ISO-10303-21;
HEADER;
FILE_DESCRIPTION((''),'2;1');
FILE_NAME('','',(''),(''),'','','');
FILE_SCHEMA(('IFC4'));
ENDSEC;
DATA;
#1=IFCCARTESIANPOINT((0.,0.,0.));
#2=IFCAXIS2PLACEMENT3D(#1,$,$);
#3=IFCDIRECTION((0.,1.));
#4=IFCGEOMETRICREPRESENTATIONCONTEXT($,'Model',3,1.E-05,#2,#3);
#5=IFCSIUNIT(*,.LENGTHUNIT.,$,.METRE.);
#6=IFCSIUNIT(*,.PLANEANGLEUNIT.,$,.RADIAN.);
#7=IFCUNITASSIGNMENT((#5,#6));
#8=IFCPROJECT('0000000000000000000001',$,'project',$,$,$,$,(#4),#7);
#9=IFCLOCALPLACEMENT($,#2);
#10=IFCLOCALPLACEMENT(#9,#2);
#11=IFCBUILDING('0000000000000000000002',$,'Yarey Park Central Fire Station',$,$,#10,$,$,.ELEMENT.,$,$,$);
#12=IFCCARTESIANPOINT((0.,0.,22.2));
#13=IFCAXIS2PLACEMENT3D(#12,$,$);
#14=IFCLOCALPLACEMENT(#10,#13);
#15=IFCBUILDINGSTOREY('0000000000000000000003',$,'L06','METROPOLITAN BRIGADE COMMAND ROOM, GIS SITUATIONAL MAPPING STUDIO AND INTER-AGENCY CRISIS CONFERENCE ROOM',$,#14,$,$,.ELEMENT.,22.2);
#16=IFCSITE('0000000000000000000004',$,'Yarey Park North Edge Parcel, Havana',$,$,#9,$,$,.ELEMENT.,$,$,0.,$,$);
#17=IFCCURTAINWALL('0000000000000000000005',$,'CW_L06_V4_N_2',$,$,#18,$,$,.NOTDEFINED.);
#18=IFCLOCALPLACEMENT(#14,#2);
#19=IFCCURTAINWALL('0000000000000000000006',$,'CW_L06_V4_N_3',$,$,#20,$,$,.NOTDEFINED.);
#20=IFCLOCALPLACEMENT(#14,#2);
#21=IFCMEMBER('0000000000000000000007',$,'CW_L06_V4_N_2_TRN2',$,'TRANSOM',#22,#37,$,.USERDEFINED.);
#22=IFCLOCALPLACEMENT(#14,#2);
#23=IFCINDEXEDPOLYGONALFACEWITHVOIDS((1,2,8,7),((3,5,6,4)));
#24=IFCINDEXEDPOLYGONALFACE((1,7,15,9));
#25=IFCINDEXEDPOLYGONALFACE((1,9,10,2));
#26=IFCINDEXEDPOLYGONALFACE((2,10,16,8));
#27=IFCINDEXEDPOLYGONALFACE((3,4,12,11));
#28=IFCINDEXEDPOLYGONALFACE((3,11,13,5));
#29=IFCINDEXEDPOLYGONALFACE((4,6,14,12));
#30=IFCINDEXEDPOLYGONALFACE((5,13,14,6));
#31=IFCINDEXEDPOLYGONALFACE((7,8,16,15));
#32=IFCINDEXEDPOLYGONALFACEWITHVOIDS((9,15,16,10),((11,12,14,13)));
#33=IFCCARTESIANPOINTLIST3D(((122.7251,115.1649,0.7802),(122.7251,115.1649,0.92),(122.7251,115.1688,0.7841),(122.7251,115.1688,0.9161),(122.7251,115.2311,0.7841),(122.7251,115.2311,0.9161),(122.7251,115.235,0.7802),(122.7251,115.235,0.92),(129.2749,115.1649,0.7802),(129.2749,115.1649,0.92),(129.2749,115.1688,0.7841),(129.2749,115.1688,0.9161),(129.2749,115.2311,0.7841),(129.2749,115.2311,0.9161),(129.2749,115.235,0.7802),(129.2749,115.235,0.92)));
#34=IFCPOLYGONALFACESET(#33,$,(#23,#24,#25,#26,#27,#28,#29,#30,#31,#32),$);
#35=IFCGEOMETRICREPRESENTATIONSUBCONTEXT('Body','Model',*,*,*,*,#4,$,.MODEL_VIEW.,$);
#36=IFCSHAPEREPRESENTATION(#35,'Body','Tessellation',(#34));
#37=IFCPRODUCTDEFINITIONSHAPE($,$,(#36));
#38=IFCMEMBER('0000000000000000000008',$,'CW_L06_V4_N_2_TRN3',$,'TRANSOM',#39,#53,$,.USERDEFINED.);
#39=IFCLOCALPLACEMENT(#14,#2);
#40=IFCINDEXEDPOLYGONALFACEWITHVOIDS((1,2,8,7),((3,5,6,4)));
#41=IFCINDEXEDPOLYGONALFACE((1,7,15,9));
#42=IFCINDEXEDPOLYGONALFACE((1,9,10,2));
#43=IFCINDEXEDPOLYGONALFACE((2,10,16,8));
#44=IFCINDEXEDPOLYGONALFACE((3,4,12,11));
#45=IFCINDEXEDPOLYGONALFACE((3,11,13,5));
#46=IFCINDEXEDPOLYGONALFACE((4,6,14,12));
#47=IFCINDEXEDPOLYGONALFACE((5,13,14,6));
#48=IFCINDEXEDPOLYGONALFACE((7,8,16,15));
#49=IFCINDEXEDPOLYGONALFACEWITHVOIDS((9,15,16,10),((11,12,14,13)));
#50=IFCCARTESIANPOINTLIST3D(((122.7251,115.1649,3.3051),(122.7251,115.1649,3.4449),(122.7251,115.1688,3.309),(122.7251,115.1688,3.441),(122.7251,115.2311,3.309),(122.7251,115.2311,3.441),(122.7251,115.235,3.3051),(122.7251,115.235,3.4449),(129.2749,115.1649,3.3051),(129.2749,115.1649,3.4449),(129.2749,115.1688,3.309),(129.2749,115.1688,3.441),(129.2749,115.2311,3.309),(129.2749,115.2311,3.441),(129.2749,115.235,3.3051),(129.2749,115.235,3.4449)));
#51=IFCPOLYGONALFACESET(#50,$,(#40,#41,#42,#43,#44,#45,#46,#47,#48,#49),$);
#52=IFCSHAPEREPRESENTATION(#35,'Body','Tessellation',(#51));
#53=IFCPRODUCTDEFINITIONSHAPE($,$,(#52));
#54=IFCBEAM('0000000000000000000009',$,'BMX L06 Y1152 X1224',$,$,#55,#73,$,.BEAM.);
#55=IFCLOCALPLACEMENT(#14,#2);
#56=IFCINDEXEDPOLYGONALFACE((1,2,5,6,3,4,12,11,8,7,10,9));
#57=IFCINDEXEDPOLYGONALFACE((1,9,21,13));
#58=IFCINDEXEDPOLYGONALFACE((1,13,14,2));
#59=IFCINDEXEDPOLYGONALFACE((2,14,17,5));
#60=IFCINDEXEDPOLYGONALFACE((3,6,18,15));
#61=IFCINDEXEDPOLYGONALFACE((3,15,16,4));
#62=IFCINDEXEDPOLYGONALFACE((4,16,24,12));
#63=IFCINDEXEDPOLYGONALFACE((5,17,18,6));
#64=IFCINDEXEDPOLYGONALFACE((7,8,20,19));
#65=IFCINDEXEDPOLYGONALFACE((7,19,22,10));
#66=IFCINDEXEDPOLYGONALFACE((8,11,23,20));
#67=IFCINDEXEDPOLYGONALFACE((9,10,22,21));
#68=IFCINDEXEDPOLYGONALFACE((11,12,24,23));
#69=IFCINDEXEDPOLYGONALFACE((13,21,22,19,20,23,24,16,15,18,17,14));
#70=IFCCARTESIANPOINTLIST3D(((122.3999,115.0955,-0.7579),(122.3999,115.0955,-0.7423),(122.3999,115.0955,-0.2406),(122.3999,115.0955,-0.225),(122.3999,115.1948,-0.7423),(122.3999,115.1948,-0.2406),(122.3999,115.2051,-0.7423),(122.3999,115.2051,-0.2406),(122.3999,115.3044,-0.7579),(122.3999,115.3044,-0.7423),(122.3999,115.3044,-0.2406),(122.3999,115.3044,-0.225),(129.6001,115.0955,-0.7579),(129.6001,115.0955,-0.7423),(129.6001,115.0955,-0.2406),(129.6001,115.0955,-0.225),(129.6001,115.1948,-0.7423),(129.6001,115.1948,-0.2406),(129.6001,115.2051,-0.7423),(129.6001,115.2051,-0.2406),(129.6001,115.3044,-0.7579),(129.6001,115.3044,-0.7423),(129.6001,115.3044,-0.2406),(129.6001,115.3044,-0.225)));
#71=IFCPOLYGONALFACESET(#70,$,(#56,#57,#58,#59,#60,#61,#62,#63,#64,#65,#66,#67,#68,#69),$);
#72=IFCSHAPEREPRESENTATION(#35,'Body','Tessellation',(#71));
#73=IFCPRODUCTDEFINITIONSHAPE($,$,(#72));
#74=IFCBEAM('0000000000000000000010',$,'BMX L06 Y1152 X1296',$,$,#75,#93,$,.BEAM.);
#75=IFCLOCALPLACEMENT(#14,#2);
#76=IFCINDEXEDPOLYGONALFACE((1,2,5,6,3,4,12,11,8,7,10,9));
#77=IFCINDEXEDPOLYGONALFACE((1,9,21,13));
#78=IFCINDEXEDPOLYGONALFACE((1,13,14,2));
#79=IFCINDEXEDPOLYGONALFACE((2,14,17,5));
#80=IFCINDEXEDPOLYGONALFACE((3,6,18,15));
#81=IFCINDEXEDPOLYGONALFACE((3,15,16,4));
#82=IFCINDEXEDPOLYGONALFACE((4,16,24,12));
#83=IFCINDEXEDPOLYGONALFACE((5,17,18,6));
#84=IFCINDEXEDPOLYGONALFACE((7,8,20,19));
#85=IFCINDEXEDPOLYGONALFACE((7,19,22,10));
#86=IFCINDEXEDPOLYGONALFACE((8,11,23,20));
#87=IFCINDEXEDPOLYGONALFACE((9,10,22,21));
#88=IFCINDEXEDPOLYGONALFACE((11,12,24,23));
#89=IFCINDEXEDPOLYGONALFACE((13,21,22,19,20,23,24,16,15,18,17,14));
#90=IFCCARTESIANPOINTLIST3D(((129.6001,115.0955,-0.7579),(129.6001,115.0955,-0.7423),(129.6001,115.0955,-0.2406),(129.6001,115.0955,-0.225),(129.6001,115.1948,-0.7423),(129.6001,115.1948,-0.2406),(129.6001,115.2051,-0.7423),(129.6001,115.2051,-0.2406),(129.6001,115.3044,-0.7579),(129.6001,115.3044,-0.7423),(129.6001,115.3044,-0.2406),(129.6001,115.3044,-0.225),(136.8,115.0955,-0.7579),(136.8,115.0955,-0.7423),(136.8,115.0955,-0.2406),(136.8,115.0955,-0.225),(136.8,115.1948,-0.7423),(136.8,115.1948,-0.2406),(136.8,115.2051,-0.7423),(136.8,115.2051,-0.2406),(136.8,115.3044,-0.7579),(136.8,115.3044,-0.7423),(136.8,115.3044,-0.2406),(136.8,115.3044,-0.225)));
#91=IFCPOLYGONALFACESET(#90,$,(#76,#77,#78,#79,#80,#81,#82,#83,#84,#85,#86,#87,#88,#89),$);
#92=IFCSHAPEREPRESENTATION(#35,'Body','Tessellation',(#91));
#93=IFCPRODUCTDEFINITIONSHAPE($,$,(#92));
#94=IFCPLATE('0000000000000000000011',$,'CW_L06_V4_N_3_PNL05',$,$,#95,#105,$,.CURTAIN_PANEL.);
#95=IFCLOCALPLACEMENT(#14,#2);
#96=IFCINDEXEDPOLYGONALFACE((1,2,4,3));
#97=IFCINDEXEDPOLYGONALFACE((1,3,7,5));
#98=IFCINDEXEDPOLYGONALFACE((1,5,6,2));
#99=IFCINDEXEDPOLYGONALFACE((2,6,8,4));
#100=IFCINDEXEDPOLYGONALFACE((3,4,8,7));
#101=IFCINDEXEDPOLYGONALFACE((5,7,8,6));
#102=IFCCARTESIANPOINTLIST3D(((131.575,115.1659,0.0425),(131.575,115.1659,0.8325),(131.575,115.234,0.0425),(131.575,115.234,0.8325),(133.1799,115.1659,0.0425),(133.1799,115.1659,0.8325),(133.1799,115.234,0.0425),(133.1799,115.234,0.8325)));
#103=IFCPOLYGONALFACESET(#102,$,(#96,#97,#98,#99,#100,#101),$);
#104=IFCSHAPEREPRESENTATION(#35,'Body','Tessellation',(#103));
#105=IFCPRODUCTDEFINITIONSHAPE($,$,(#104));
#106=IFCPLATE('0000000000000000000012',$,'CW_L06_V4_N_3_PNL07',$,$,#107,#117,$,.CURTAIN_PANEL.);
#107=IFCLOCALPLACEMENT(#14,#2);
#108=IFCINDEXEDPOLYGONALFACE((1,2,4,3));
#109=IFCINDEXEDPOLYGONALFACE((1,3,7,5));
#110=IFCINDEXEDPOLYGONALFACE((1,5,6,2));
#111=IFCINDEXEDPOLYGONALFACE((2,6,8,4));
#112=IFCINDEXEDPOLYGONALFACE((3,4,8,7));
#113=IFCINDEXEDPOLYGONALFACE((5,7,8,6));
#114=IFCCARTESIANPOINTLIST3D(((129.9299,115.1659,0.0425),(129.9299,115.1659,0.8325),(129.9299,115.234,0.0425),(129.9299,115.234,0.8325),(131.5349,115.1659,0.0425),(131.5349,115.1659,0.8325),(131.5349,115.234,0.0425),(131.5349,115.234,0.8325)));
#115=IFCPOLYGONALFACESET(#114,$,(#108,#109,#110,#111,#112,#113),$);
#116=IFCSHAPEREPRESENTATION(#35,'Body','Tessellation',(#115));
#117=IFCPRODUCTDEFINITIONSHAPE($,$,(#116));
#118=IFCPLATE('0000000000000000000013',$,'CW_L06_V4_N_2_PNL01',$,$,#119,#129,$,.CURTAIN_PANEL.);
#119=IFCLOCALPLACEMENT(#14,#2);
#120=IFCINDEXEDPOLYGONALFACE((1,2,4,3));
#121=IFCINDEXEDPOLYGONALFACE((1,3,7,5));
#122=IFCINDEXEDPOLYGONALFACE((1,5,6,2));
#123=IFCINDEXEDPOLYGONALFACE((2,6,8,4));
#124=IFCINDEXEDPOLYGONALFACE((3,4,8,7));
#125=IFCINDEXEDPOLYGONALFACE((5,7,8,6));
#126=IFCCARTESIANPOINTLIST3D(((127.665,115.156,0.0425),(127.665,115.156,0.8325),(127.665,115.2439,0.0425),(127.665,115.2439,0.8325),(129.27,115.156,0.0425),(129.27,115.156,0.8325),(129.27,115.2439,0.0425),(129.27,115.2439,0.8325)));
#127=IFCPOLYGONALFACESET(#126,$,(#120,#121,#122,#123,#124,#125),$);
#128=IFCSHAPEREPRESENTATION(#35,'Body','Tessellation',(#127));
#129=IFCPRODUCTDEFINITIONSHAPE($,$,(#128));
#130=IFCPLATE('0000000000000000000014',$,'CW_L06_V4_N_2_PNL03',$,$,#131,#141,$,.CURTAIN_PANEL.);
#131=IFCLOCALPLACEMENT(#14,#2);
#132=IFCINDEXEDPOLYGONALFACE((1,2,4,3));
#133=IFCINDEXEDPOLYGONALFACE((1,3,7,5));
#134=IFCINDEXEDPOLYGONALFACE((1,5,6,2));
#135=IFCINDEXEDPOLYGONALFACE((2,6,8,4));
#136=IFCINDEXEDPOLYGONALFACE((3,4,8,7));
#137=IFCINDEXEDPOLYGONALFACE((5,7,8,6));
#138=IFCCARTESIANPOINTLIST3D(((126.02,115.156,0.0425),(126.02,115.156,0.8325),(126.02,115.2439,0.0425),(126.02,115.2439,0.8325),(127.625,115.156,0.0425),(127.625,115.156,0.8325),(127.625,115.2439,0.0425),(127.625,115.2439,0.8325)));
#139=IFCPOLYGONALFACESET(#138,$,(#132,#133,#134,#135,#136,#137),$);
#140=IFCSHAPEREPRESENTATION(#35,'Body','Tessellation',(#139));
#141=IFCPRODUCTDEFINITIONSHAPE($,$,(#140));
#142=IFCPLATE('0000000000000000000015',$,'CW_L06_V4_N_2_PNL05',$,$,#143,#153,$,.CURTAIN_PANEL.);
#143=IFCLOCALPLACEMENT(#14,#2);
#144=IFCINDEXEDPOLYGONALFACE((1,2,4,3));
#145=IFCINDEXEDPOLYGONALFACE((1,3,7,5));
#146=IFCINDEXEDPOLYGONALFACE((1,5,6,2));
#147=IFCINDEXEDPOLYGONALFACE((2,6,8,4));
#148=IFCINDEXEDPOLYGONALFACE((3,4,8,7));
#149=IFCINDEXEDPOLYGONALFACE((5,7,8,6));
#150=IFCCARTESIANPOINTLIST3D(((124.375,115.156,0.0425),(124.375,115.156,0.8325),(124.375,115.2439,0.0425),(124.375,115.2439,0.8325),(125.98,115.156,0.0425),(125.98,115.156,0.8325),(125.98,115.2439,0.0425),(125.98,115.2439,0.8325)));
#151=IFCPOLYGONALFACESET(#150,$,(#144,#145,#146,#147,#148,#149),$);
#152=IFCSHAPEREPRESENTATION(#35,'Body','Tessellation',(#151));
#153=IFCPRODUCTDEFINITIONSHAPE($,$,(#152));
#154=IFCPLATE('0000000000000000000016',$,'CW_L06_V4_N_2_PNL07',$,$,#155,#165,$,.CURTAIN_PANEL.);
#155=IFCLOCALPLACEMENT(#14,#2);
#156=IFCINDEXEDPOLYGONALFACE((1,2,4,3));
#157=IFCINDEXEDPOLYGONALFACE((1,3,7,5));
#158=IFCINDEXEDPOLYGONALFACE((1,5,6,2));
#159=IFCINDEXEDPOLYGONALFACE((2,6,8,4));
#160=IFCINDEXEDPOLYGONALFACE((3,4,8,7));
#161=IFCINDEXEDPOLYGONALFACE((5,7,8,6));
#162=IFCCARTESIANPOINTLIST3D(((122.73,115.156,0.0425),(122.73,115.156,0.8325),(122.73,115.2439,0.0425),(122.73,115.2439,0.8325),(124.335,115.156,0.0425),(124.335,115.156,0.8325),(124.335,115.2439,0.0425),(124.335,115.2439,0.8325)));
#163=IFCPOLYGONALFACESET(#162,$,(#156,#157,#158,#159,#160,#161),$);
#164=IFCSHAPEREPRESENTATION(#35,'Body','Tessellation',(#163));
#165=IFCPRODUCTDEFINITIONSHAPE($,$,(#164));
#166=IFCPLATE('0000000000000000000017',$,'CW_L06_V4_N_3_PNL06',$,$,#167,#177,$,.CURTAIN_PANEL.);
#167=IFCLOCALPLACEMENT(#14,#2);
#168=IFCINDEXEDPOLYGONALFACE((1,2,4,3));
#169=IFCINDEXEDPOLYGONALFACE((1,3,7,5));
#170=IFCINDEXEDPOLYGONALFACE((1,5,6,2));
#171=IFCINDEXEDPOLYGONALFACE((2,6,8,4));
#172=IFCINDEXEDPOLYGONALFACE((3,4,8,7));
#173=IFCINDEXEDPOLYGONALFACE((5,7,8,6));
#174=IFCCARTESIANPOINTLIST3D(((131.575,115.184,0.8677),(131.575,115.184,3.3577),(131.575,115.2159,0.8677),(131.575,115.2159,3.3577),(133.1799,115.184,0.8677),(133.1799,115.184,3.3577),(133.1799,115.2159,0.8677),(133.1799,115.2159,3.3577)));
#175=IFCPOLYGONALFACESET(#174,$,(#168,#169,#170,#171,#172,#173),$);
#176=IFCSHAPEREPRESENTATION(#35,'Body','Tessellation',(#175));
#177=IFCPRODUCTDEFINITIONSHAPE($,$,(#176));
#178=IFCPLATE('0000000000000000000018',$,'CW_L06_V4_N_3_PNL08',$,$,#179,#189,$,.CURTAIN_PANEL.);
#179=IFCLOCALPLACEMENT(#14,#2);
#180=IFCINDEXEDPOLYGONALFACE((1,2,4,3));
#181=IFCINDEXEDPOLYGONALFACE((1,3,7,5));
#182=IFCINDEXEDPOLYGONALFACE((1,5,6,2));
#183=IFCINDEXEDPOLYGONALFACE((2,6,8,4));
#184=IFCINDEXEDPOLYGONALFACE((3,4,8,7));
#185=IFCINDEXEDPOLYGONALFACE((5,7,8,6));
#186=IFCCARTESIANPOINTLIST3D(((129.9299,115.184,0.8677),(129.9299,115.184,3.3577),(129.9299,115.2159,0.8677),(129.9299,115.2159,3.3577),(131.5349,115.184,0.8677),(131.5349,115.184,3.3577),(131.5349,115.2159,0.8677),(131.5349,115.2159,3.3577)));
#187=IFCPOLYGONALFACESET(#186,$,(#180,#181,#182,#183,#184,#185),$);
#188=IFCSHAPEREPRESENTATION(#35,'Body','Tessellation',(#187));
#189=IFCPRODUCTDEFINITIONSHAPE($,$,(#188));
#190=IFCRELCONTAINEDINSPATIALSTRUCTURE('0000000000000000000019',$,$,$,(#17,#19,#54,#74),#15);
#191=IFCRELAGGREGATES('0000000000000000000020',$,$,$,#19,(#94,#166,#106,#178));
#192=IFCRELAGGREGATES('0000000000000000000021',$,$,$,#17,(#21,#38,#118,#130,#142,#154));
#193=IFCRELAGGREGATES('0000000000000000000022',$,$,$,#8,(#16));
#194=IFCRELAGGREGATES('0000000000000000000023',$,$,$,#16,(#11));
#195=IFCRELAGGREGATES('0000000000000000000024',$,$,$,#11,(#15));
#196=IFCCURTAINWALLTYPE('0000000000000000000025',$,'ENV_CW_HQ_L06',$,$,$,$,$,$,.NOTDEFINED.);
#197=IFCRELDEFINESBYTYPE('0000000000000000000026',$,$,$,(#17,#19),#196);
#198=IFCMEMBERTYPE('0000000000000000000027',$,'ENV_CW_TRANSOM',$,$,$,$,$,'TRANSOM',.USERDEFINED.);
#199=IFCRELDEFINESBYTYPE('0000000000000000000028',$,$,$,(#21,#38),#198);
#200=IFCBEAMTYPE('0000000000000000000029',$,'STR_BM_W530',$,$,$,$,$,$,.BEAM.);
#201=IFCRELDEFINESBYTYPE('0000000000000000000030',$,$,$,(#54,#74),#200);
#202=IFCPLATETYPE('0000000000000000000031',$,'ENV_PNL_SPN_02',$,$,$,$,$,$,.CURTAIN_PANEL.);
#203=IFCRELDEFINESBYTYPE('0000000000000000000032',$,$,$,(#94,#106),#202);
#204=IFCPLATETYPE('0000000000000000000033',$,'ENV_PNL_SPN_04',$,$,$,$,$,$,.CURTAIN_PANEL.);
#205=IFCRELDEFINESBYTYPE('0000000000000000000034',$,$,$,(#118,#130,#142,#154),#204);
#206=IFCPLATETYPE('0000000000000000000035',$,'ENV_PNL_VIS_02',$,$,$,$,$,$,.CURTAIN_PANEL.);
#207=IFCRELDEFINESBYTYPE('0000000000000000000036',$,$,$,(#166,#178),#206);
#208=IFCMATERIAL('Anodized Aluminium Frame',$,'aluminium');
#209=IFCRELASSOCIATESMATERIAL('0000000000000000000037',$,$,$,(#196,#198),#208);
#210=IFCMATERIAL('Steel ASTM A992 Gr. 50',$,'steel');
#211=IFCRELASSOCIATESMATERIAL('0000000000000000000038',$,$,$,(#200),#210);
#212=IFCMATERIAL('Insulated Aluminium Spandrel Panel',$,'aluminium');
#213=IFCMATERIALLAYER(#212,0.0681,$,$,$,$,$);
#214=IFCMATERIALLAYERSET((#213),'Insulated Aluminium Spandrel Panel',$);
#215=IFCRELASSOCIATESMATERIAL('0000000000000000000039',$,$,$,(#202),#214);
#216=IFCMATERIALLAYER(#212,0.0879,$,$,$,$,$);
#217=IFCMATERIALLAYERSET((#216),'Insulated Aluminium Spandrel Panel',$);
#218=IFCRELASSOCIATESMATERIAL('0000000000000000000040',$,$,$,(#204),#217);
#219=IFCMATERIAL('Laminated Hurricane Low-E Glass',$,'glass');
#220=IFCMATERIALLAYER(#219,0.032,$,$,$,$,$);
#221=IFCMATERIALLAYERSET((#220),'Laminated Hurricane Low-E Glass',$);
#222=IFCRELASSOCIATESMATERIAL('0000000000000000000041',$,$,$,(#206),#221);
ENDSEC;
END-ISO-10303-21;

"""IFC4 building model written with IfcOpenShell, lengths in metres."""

from ifc_helpers import new_model, si_unit, direction, frame, origin, origin_2d, place, context, subcontext, project, spatial, rectangle, hollow_rectangle, i_section, extrude, material, layer, layer_set, material_profile, profile_set, type_object, element, aggregate, save


model = new_model("IFC4")

# Units and contexts
model_context = context("Model", 3, precision=1e-05, world=origin(), true_north=direction((0.0, 1.0)))
body_context = subcontext(model_context, "Body", "Model", "MODEL_VIEW")
ifc_project = project(units=[si_unit("LENGTHUNIT", "METRE"), si_unit("PLANEANGLEUNIT", "RADIAN")], contexts=[model_context])

# Site, building, storey
site_placement = place(None, origin())
site = spatial("IfcSite", under=ifc_project, at=site_placement, Name="Yarey Park North Edge Parcel, Havana", CompositionType="ELEMENT", RefElevation=0.0)
building_placement = place(site_placement, origin())
building = spatial("IfcBuilding", under=site, at=building_placement, Name="Yarey Park Central Fire Station", CompositionType="ELEMENT")
storey_placement = place(building_placement, frame((0.0, 0.0, 22.2)))
storey = spatial("IfcBuildingStorey", under=building, at=storey_placement, Name="L06", Description="METROPOLITAN BRIGADE COMMAND ROOM, GIS SITUATIONAL MAPPING STUDIO AND INTER-AGENCY CRISIS CONFERENCE ROOM", CompositionType="ELEMENT", Elevation=22.2)

# Curtain walls
ifc_material_1 = material(Name="Anodized Aluminium Frame", Category="aluminium")
curtain_wall_type = type_object("IfcCurtainWallType", Name="ENV_CW_HQ_L06", PredefinedType="NOTDEFINED", material=ifc_material_1)
curtain_wall_1_placement = place(storey_placement, origin())
curtain_wall_1 = element("IfcCurtainWall", 1, at=curtain_wall_1_placement, inside=storey, type_object=curtain_wall_type, Name="CW_L06_V4_N_2", PredefinedType="NOTDEFINED")
curtain_wall_2_placement = place(storey_placement, origin())
curtain_wall_2 = element("IfcCurtainWall", 2, at=curtain_wall_2_placement, inside=storey, type_object=curtain_wall_type, Name="CW_L06_V4_N_3", PredefinedType="NOTDEFINED")

# Shared definitions
ifc_material_profile_1 = material_profile(ifc_material_1, hollow_rectangle(XDim=0.0701, YDim=0.1399, WallThickness=0.0039, at=origin_2d()), Name="ALU 140x70x4")
ifc_profile_set_1 = profile_set([ifc_material_profile_1], Name="Anodized Aluminium Frame")
member_type_1 = type_object("IfcMemberType", Name="ENV_CW_TRANSOM", ElementType="TRANSOM", PredefinedType="USERDEFINED", material=ifc_profile_set_1)

# Members
member_1_placement = place(storey_placement, frame((129.2749, 115.2, 0.8501), z_axis=(-1.0, 0.0, 0.0), x_axis=(0.0, -1.0, 0.0)))
member_1 = element("IfcMember", 3, at=member_1_placement, type_object=member_type_1, Name="CW_L06_V4_N_2_TRN2", ObjectType="TRANSOM", PredefinedType="USERDEFINED", context=body_context, shape_type="SweptSolid", body=[
    extrude(hollow_rectangle(XDim=0.0701, YDim=0.1399, WallThickness=0.0039, at=origin_2d()), origin(), (0.0, 0.0, 1.0), 6.5498),
])
member_2_placement = place(storey_placement, frame((129.2749, 115.2, 3.375), z_axis=(-1.0, 0.0, 0.0), x_axis=(0.0, -1.0, 0.0)))
member_2 = element("IfcMember", 4, at=member_2_placement, type_object=member_type_1, Name="CW_L06_V4_N_2_TRN3", ObjectType="TRANSOM", PredefinedType="USERDEFINED", context=body_context, shape_type="SweptSolid", body=[
    extrude(hollow_rectangle(XDim=0.0701, YDim=0.1399, WallThickness=0.0039, at=origin_2d()), origin(), (0.0, 0.0, 1.0), 6.5498),
])

# Beams
ifc_material_2 = material(Name="Steel ASTM A992 Gr. 50", Category="steel")
ifc_material_profile_2 = material_profile(ifc_material_2, i_section(OverallWidth=0.209, OverallDepth=0.533, WebThickness=0.0103, FlangeThickness=0.0156, at=origin_2d()), Name="W530x92")
ifc_profile_set_2 = profile_set([ifc_material_profile_2], Name="Steel ASTM A992 Gr. 50")
beam_type = type_object("IfcBeamType", Name="STR_BM_W530", PredefinedType="BEAM", material=ifc_profile_set_2)
beam_1_placement = place(storey_placement, frame((122.3999, 115.2, -0.4915), z_axis=(1.0, 0.0, 0.0), x_axis=(0.0, 1.0, 0.0)))
element("IfcBeam", 5, at=beam_1_placement, inside=storey, type_object=beam_type, Name="BMX L06 Y1152 X1224", PredefinedType="BEAM", context=body_context, shape_type="SweptSolid", body=[
    extrude(i_section(OverallWidth=0.209, OverallDepth=0.533, WebThickness=0.0103, FlangeThickness=0.0156, at=origin_2d()), origin(), (0.0, 0.0, 1.0), 7.2002),
])
beam_2_placement = place(storey_placement, frame((129.6001, 115.2, -0.4915), z_axis=(1.0, 0.0, 0.0), x_axis=(0.0, 1.0, 0.0)))
element("IfcBeam", 6, at=beam_2_placement, inside=storey, type_object=beam_type, Name="BMX L06 Y1152 X1296", PredefinedType="BEAM", context=body_context, shape_type="SweptSolid", body=[
    extrude(i_section(OverallWidth=0.209, OverallDepth=0.533, WebThickness=0.0103, FlangeThickness=0.0156, at=origin_2d()), origin(), (0.0, 0.0, 1.0), 7.2),
])

# Plates
ifc_material_3 = material(Name="Insulated Aluminium Spandrel Panel", Category="aluminium")
ifc_layer_1 = layer(ifc_material_3, 0.0681)
ifc_layer_set_1 = layer_set([ifc_layer_1], Name="Insulated Aluminium Spandrel Panel")
plate_type_1 = type_object("IfcPlateType", Name="ENV_PNL_SPN_02", PredefinedType="CURTAIN_PANEL", material=ifc_layer_set_1)
plate_1_placement = place(storey_placement, frame((132.3774, 115.2, 0.0425), z_axis=(0.0, 0.0, 1.0), x_axis=(-1.0, 0.0, 0.0)))
plate_1 = element("IfcPlate", 7, at=plate_1_placement, type_object=plate_type_1, Name="CW_L06_V4_N_3_PNL05", PredefinedType="CURTAIN_PANEL", context=body_context, shape_type="SweptSolid", body=[
    extrude(rectangle(XDim=1.605, YDim=0.0681, at=origin_2d()), origin(), (0.0, 0.0, 1.0), 0.79),
])
plate_2_placement = place(storey_placement, frame((130.7324, 115.2, 0.0425), z_axis=(0.0, 0.0, 1.0), x_axis=(-1.0, 0.0, 0.0)))
plate_2 = element("IfcPlate", 8, at=plate_2_placement, type_object=plate_type_1, Name="CW_L06_V4_N_3_PNL07", PredefinedType="CURTAIN_PANEL", context=body_context, shape_type="SweptSolid", body=[
    extrude(rectangle(XDim=1.605, YDim=0.0681, at=origin_2d()), origin(), (0.0, 0.0, 1.0), 0.79),
])
ifc_layer_2 = layer(ifc_material_3, 0.0879)
ifc_layer_set_2 = layer_set([ifc_layer_2], Name="Insulated Aluminium Spandrel Panel")
plate_type_2 = type_object("IfcPlateType", Name="ENV_PNL_SPN_04", PredefinedType="CURTAIN_PANEL", material=ifc_layer_set_2)
plate_3_placement = place(storey_placement, frame((128.4675, 115.2, 0.0425), z_axis=(0.0, 0.0, 1.0), x_axis=(-1.0, 0.0, 0.0)))
plate_3 = element("IfcPlate", 9, at=plate_3_placement, type_object=plate_type_2, Name="CW_L06_V4_N_2_PNL01", PredefinedType="CURTAIN_PANEL", context=body_context, shape_type="SweptSolid", body=[
    extrude(rectangle(XDim=1.605, YDim=0.0879, at=origin_2d()), origin(), (0.0, 0.0, 1.0), 0.79),
])
plate_4_placement = place(storey_placement, frame((126.8225, 115.2, 0.0425), z_axis=(0.0, 0.0, 1.0), x_axis=(-1.0, 0.0, 0.0)))
plate_4 = element("IfcPlate", 10, at=plate_4_placement, type_object=plate_type_2, Name="CW_L06_V4_N_2_PNL03", PredefinedType="CURTAIN_PANEL", context=body_context, shape_type="SweptSolid", body=[
    extrude(rectangle(XDim=1.605, YDim=0.0879, at=origin_2d()), origin(), (0.0, 0.0, 1.0), 0.79),
])
plate_5_placement = place(storey_placement, frame((125.1775, 115.2, 0.0425), z_axis=(0.0, 0.0, 1.0), x_axis=(-1.0, 0.0, 0.0)))
plate_5 = element("IfcPlate", 11, at=plate_5_placement, type_object=plate_type_2, Name="CW_L06_V4_N_2_PNL05", PredefinedType="CURTAIN_PANEL", context=body_context, shape_type="SweptSolid", body=[
    extrude(rectangle(XDim=1.605, YDim=0.0879, at=origin_2d()), origin(), (0.0, 0.0, 1.0), 0.79),
])
plate_6_placement = place(storey_placement, frame((123.5325, 115.2, 0.0425), z_axis=(0.0, 0.0, 1.0), x_axis=(-1.0, 0.0, 0.0)))
plate_6 = element("IfcPlate", 12, at=plate_6_placement, type_object=plate_type_2, Name="CW_L06_V4_N_2_PNL07", PredefinedType="CURTAIN_PANEL", context=body_context, shape_type="SweptSolid", body=[
    extrude(rectangle(XDim=1.605, YDim=0.0879, at=origin_2d()), origin(), (0.0, 0.0, 1.0), 0.79),
])
ifc_material_4 = material(Name="Laminated Hurricane Low-E Glass", Category="glass")
ifc_layer_3 = layer(ifc_material_4, 0.032)
ifc_layer_set_3 = layer_set([ifc_layer_3], Name="Laminated Hurricane Low-E Glass")
plate_type_3 = type_object("IfcPlateType", Name="ENV_PNL_VIS_02", PredefinedType="CURTAIN_PANEL", material=ifc_layer_set_3)
plate_7_placement = place(storey_placement, frame((132.3774, 115.2, 0.8677), z_axis=(0.0, 0.0, 1.0), x_axis=(-1.0, 0.0, 0.0)))
plate_7 = element("IfcPlate", 13, at=plate_7_placement, type_object=plate_type_3, Name="CW_L06_V4_N_3_PNL06", PredefinedType="CURTAIN_PANEL", context=body_context, shape_type="SweptSolid", body=[
    extrude(rectangle(XDim=1.605, YDim=0.032, at=origin_2d()), origin(), (0.0, 0.0, 1.0), 2.49),
])
plate_8_placement = place(storey_placement, frame((130.7324, 115.2, 0.8677), z_axis=(0.0, 0.0, 1.0), x_axis=(-1.0, 0.0, 0.0)))
plate_8 = element("IfcPlate", 14, at=plate_8_placement, type_object=plate_type_3, Name="CW_L06_V4_N_3_PNL08", PredefinedType="CURTAIN_PANEL", context=body_context, shape_type="SweptSolid", body=[
    extrude(rectangle(XDim=1.605, YDim=0.032, at=origin_2d()), origin(), (0.0, 0.0, 1.0), 2.49),
])
aggregate(curtain_wall_2, [plate_1, plate_7, plate_2, plate_8])
aggregate(curtain_wall_1, [member_1, member_2, plate_3, plate_4, plate_5, plate_6])

save(model, "model.ifc")
